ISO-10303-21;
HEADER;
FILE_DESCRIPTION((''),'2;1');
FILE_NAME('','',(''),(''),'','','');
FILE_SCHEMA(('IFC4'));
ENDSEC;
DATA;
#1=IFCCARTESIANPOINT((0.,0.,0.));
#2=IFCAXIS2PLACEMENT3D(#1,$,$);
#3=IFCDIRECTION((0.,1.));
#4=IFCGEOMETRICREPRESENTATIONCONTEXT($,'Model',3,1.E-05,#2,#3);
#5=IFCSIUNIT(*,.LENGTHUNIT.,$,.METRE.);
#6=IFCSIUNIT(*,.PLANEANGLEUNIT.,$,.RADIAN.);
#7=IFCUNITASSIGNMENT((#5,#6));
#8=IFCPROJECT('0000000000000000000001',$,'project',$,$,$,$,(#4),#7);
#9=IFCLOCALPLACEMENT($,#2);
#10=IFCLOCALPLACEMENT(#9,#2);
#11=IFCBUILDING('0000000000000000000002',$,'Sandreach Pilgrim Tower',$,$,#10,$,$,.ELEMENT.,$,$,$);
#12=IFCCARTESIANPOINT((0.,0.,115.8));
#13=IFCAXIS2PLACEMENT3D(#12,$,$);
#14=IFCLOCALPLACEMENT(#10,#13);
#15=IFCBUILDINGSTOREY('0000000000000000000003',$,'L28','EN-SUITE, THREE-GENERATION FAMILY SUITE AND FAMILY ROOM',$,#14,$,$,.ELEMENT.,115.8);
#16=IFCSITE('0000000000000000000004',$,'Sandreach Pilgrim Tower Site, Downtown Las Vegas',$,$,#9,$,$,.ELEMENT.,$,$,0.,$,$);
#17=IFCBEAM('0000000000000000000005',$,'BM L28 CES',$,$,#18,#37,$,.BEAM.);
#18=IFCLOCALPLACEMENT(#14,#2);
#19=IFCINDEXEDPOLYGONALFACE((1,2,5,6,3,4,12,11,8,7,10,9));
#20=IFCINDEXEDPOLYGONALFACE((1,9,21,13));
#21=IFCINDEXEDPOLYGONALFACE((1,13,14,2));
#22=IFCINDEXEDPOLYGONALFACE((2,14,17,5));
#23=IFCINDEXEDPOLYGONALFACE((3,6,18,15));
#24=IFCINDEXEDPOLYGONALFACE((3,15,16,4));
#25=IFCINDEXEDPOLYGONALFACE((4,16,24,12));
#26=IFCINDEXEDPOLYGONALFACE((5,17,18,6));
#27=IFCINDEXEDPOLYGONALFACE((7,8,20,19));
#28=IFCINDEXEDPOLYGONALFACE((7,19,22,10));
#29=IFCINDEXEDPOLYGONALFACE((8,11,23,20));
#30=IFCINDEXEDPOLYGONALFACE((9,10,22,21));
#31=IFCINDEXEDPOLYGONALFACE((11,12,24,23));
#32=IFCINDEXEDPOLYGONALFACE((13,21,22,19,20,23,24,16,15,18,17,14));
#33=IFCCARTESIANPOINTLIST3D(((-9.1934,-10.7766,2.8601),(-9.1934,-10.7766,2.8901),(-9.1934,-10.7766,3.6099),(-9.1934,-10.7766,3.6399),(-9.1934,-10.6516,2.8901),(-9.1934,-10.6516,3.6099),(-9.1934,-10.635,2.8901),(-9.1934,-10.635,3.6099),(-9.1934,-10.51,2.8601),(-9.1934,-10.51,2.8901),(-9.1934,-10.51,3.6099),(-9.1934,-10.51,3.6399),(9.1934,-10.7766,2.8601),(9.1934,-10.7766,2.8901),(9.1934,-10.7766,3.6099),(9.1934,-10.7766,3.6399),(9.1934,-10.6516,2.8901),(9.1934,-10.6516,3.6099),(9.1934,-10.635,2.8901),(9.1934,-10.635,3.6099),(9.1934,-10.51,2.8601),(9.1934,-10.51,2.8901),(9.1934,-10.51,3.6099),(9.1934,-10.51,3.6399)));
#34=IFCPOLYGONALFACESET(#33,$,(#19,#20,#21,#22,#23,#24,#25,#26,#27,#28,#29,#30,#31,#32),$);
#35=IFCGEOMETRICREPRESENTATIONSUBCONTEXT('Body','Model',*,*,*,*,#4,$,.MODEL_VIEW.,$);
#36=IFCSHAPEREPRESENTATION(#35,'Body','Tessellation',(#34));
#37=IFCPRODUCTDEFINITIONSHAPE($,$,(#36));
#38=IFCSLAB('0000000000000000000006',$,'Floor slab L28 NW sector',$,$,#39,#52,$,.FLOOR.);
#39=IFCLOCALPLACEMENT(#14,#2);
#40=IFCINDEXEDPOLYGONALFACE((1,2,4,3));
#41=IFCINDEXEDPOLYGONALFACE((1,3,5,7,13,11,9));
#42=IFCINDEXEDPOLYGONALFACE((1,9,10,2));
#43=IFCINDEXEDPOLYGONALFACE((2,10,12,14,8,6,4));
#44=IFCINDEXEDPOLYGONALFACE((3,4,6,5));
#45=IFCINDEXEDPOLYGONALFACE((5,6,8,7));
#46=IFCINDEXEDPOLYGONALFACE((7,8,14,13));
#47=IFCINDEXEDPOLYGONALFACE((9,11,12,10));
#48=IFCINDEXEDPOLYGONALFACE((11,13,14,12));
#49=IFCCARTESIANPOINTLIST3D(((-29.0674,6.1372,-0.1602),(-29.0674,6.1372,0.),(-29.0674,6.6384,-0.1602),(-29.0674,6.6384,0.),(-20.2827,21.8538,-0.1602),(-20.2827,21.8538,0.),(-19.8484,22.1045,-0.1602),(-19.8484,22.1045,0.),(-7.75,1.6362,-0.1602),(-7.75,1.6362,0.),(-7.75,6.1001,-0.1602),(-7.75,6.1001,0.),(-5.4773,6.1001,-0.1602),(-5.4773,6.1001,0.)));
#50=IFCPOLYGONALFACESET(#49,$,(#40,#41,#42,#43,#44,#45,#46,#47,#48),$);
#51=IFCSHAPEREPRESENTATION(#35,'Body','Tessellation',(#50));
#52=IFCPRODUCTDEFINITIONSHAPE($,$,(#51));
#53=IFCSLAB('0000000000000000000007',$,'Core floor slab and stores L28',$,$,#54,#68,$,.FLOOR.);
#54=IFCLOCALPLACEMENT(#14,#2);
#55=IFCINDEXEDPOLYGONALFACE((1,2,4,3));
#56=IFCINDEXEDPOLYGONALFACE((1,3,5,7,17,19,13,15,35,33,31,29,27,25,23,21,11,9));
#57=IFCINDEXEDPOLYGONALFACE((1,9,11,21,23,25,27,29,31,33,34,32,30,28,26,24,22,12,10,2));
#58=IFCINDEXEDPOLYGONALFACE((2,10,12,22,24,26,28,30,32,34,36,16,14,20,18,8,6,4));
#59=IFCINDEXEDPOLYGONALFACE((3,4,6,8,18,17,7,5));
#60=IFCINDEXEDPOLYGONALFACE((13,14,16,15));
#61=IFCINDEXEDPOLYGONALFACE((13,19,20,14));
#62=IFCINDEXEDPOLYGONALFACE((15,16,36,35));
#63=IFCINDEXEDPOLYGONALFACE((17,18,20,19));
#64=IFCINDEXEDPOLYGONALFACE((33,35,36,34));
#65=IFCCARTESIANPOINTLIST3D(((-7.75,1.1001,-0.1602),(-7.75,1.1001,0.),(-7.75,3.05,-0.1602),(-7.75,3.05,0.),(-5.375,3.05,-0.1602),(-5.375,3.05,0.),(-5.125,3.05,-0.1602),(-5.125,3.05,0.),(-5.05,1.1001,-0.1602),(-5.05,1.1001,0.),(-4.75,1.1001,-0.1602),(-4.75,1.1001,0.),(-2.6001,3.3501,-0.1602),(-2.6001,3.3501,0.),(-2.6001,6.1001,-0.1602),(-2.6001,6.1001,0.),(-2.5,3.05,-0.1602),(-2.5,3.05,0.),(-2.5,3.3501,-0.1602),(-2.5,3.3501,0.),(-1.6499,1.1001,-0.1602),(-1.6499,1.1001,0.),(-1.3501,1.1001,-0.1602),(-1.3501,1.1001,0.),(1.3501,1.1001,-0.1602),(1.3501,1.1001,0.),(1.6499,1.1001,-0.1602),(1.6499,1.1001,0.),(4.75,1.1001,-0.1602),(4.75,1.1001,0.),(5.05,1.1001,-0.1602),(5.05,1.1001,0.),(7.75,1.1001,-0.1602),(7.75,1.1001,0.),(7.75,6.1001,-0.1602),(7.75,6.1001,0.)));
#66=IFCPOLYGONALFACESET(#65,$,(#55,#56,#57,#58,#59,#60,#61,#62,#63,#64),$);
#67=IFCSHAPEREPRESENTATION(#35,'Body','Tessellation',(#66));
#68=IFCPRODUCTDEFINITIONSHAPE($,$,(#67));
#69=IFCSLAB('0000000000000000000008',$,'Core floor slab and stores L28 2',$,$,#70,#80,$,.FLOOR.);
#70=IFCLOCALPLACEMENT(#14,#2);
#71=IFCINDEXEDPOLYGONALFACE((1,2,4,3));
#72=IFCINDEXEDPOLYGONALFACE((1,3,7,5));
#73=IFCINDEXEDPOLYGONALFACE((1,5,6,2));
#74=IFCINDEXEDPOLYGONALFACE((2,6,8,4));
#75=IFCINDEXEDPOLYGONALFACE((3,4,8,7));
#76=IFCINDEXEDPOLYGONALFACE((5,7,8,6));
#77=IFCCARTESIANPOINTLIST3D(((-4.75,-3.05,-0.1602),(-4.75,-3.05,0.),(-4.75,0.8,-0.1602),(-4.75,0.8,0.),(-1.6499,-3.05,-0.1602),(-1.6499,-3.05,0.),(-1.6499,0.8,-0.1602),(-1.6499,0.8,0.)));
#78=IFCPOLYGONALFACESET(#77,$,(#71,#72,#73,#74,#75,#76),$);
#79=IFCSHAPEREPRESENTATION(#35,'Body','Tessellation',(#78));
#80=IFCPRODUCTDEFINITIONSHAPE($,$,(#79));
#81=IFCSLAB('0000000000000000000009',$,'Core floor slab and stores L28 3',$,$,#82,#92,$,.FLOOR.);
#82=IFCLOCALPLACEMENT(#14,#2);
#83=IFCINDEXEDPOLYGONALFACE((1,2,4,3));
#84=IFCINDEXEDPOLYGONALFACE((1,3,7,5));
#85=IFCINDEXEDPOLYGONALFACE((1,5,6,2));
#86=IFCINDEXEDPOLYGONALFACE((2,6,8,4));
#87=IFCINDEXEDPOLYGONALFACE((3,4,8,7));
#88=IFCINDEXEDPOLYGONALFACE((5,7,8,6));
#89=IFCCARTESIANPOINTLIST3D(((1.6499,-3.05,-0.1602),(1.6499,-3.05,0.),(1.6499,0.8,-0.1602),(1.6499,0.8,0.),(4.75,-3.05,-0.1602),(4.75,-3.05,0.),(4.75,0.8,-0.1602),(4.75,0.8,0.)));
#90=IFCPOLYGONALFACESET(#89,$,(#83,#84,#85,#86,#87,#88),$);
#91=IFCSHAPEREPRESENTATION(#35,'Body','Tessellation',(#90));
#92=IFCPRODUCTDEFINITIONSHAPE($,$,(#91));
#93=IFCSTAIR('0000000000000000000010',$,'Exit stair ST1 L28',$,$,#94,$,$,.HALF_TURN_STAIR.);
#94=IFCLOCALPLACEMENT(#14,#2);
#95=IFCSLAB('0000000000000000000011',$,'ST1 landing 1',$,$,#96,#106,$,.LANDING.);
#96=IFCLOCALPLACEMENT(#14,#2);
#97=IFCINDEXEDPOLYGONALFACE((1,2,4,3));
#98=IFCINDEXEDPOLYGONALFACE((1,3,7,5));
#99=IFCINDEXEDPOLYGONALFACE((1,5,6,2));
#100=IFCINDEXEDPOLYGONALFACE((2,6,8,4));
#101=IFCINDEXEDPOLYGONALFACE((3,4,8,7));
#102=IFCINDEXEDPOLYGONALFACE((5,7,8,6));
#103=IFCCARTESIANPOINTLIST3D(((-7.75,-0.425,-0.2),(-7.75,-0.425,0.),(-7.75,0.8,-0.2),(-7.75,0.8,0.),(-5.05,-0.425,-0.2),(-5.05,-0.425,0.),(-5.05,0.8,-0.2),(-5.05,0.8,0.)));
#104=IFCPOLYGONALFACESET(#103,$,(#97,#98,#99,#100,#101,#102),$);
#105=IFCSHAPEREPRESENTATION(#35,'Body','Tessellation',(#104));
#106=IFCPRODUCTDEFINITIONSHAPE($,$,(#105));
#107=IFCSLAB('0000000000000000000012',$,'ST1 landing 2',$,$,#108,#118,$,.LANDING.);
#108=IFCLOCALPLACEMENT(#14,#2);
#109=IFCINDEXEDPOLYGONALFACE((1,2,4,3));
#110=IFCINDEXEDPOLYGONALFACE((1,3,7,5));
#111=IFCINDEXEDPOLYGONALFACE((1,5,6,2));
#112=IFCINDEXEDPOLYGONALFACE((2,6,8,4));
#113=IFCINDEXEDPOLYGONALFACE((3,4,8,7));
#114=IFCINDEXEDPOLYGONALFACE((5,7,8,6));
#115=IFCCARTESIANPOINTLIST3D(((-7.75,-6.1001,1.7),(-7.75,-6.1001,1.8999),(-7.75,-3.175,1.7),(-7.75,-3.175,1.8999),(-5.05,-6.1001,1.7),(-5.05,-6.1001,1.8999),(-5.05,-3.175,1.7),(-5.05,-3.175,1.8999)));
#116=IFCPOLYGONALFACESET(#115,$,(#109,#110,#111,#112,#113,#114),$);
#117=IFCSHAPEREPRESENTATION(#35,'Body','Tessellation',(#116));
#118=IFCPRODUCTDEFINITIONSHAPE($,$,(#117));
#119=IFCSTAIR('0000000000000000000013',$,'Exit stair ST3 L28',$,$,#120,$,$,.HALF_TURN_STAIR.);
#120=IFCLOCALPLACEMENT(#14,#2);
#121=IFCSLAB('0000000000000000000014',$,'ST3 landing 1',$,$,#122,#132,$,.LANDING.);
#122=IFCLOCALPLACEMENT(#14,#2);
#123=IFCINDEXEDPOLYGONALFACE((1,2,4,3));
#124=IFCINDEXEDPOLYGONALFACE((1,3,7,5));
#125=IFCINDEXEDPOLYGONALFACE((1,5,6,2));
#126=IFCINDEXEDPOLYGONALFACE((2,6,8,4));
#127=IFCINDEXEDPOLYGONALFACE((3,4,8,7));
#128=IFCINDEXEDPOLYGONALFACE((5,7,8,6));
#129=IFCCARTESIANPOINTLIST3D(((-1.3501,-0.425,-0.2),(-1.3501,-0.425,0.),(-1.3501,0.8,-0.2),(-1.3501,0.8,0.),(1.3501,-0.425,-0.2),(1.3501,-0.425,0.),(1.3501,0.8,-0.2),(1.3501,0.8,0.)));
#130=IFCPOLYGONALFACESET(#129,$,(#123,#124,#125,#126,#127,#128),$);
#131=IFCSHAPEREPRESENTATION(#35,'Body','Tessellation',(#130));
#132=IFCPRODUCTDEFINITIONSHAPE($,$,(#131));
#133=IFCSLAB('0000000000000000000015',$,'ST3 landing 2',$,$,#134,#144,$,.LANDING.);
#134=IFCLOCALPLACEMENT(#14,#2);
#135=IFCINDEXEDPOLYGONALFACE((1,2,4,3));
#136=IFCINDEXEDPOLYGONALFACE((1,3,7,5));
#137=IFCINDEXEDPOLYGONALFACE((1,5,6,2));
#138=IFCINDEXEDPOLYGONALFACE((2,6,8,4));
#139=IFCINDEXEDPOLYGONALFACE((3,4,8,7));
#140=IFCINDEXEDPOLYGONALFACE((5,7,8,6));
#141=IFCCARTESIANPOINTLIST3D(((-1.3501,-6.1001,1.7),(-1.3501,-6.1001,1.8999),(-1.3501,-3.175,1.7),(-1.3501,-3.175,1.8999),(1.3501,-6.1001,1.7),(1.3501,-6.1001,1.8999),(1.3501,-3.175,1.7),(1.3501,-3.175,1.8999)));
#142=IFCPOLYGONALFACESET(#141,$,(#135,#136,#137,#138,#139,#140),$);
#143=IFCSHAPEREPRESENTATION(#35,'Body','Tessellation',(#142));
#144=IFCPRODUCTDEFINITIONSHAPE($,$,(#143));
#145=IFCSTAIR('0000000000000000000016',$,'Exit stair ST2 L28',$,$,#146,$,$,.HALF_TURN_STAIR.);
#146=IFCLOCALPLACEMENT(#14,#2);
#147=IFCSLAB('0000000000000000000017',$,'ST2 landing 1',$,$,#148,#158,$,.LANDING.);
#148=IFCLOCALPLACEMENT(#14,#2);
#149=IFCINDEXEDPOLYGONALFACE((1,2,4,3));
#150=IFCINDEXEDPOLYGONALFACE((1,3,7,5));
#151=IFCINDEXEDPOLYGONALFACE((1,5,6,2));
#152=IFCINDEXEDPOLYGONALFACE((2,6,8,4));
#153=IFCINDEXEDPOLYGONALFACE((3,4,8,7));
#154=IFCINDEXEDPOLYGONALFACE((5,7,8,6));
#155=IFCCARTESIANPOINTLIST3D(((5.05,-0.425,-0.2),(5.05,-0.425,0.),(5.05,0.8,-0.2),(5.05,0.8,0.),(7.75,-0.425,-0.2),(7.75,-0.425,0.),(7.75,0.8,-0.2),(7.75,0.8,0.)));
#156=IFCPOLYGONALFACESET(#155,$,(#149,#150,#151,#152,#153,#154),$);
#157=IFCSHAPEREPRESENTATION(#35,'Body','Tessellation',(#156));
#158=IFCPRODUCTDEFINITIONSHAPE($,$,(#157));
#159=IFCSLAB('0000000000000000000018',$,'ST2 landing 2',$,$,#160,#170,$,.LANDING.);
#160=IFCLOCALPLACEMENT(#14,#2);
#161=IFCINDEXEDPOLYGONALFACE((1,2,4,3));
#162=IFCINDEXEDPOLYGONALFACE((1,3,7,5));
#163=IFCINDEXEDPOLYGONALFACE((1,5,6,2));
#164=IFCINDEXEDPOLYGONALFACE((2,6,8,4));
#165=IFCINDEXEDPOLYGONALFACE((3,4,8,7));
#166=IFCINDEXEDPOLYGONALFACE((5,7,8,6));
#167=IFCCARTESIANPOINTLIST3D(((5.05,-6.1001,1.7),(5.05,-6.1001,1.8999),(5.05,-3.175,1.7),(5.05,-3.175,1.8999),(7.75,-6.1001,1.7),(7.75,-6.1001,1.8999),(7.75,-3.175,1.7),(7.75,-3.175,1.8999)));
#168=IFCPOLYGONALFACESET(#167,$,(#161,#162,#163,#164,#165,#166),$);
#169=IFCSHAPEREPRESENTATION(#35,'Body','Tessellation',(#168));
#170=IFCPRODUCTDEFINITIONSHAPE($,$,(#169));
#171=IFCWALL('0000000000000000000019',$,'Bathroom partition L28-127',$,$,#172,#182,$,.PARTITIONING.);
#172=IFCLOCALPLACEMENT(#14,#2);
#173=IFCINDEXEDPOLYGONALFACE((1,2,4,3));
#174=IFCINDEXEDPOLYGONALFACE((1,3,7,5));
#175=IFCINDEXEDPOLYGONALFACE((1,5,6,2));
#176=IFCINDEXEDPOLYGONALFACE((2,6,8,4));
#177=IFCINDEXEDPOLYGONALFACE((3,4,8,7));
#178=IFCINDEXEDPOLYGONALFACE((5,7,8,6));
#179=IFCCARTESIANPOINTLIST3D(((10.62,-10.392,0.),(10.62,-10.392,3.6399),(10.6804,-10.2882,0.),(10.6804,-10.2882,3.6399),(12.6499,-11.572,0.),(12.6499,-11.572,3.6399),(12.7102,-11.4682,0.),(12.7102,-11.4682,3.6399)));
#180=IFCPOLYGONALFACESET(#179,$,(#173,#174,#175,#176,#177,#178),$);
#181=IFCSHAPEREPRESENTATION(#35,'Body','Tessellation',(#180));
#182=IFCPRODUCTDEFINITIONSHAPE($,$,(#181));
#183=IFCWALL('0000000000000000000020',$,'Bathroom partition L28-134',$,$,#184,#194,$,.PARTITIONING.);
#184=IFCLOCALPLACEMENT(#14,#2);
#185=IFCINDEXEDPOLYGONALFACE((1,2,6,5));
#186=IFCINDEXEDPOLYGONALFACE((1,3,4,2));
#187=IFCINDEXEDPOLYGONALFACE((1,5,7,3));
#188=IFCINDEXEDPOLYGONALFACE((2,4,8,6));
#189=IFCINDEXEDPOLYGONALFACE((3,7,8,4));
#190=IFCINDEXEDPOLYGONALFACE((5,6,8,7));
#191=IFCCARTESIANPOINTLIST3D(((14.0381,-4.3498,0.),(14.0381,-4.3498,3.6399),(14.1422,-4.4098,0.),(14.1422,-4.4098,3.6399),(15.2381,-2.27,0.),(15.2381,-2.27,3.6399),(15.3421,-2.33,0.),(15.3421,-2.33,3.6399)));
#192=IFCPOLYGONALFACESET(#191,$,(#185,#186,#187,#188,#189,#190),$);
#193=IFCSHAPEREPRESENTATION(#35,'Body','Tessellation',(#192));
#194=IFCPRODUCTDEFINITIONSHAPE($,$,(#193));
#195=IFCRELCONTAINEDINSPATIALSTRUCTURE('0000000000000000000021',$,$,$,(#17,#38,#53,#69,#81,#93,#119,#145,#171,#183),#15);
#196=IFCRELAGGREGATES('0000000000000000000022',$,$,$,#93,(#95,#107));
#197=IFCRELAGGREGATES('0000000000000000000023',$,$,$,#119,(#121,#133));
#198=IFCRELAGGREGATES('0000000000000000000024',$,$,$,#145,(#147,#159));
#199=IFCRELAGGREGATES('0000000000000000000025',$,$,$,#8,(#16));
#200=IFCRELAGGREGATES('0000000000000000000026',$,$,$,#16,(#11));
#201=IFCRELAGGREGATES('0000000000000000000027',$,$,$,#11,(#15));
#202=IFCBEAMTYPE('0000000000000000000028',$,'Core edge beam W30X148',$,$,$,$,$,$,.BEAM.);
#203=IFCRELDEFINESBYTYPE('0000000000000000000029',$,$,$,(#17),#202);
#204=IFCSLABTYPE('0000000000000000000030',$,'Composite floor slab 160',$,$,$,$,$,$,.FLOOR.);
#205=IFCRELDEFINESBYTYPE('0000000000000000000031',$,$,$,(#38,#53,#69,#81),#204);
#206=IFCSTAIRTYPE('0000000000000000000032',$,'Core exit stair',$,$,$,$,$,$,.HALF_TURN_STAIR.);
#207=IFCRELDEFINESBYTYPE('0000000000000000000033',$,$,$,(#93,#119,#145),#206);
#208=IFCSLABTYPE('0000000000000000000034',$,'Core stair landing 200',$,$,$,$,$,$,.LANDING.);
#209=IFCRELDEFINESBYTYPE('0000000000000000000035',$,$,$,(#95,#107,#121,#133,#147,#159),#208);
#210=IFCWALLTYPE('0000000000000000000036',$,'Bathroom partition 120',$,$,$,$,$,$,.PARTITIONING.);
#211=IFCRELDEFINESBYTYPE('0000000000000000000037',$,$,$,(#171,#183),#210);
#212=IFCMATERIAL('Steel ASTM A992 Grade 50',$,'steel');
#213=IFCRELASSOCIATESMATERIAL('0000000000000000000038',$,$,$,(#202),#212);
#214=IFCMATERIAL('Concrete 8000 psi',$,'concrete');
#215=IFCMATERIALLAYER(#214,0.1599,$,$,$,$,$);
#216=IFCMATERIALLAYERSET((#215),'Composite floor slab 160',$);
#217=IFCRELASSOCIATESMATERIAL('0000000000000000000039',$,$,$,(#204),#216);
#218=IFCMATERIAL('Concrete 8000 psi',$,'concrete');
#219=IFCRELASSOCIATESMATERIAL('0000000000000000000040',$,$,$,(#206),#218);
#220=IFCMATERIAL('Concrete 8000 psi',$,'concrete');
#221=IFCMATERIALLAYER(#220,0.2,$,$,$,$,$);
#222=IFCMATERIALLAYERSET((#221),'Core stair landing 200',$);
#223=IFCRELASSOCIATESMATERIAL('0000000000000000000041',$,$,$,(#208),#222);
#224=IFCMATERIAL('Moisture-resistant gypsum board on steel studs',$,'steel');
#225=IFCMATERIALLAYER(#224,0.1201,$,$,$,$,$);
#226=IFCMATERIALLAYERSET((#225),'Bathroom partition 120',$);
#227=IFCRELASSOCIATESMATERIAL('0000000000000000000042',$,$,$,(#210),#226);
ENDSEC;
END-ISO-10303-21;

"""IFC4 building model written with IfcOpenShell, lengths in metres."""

from ifc_helpers import new_model, si_unit, direction, frame, frame_2d, origin, origin_2d, place, context, subcontext, project, spatial, polyline, rectangle, i_section, outline, extrude, material, layer, layer_set, material_profile, profile_set, type_object, element, aggregate, save


model = new_model("IFC4")

# Units and contexts
model_context = context("Model", 3, precision=1e-05, world=origin(), true_north=direction((0.0, 1.0)))
body_context = subcontext(model_context, "Body", "Model", "MODEL_VIEW")
ifc_project = project(units=[si_unit("LENGTHUNIT", "METRE"), si_unit("PLANEANGLEUNIT", "RADIAN")], contexts=[model_context])

# Site, building, storey
site_placement = place(None, origin())
site = spatial("IfcSite", under=ifc_project, at=site_placement, Name="Sandreach Pilgrim Tower Site, Downtown Las Vegas", CompositionType="ELEMENT", RefElevation=0.0)
building_placement = place(site_placement, origin())
building = spatial("IfcBuilding", under=site, at=building_placement, Name="Sandreach Pilgrim Tower", CompositionType="ELEMENT")
storey_placement = place(building_placement, frame((0.0, 0.0, 115.8)))
storey = spatial("IfcBuildingStorey", under=building, at=storey_placement, Name="L28", Description="EN-SUITE, THREE-GENERATION FAMILY SUITE AND FAMILY ROOM", CompositionType="ELEMENT", Elevation=115.8)

# Beam
ifc_material_1 = material(Name="Steel ASTM A992 Grade 50", Category="steel")
ifc_material_profile = material_profile(ifc_material_1, i_section(OverallWidth=0.2666, OverallDepth=0.7798, WebThickness=0.0166, FlangeThickness=0.03, at=origin_2d()), Name="W30X148")
ifc_profile_set = profile_set([ifc_material_profile], Name="Steel ASTM A992 Grade 50")
beam_type = type_object("IfcBeamType", Name="Core edge beam W30X148", PredefinedType="BEAM", material=ifc_profile_set)
beam_placement = place(storey_placement, frame((9.1934, -10.6433, 3.25), z_axis=(-1.0, 0.0, 0.0), x_axis=(0.0, -1.0, 0.0)))
element("IfcBeam", 1, at=beam_placement, inside=storey, type_object=beam_type, Name="BM L28 CES", PredefinedType="BEAM", context=body_context, shape_type="SweptSolid", body=[
    extrude(i_section(OverallWidth=0.2666, OverallDepth=0.7798, WebThickness=0.0166, FlangeThickness=0.03, at=origin_2d()), origin(), (0.0, 0.0, 1.0), 18.3867),
])

# Slabs
ifc_material_2 = material(Name="Concrete 8000 psi", Category="concrete")
ifc_layer_1 = layer(ifc_material_2, 0.1599)
ifc_layer_set_1 = layer_set([ifc_layer_1], Name="Composite floor slab 160")
slab_type_1 = type_object("IfcSlabType", Name="Composite floor slab 160", PredefinedType="FLOOR", material=ifc_layer_set_1)
slab_1_placement = place(storey_placement, frame((0.0, 0.0, -0.1602)))
element("IfcSlab", 2, at=slab_1_placement, inside=storey, type_object=slab_type_1, Name="Floor slab L28 NW sector", PredefinedType="FLOOR", context=body_context, shape_type="SweptSolid", body=[
    extrude(outline(polyline([(-29.0674, 6.6384), (-20.2827, 21.8538), (-19.8484, 22.1045), (-5.4773, 6.1001), (-7.75, 6.1001), (-7.75, 1.6362), (-29.0674, 6.1372), (-29.0674, 6.6384)])), origin(), (0.0, 0.0, 1.0), 0.1602),
])
slab_2_placement = place(storey_placement, frame((0.0, 0.0, -0.1602)))
element("IfcSlab", 3, at=slab_2_placement, inside=storey, type_object=slab_type_1, Name="Core floor slab and stores L28", PredefinedType="FLOOR", context=body_context, shape_type="SweptSolid", body=[
    extrude(outline(polyline([(-7.75, 3.05), (-5.375, 3.05), (-5.125, 3.05), (-2.5, 3.05), (-2.5, 3.3501), (-2.6001, 3.3501), (-2.6001, 6.1001), (7.75, 6.1001), (7.75, 1.1001), (5.05, 1.1001), (4.75, 1.1001), (1.6499, 1.1001), (1.3501, 1.1001), (-1.3501, 1.1001), (-1.6499, 1.1001), (-4.75, 1.1001), (-5.05, 1.1001), (-7.75, 1.1001), (-7.75, 3.05)])), origin(), (0.0, 0.0, 1.0), 0.1602),
])
slab_3_placement = place(storey_placement, frame((0.0, 0.0, -0.1602)))
element("IfcSlab", 4, at=slab_3_placement, inside=storey, type_object=slab_type_1, Name="Core floor slab and stores L28 2", PredefinedType="FLOOR", context=body_context, shape_type="SweptSolid", body=[
    extrude(outline(polyline([(-1.6499, -3.05), (-4.75, -3.05), (-4.75, 0.8), (-1.6499, 0.8), (-1.6499, -3.05)])), origin(), (0.0, 0.0, 1.0), 0.1602),
])
slab_4_placement = place(storey_placement, frame((0.0, 0.0, -0.1602)))
element("IfcSlab", 5, at=slab_4_placement, inside=storey, type_object=slab_type_1, Name="Core floor slab and stores L28 3", PredefinedType="FLOOR", context=body_context, shape_type="SweptSolid", body=[
    extrude(outline(polyline([(4.75, -3.05), (1.6499, -3.05), (1.6499, 0.8), (4.75, 0.8), (4.75, -3.05)])), origin(), (0.0, 0.0, 1.0), 0.1602),
])

# Stairs, slabs
ifc_material_3 = material(Name="Concrete 8000 psi", Category="concrete")
stair_type = type_object("IfcStairType", Name="Core exit stair", PredefinedType="HALF_TURN_STAIR", material=ifc_material_3)
stair_1_placement = place(storey_placement, origin())
stair_1 = element("IfcStair", 6, at=stair_1_placement, inside=storey, type_object=stair_type, Name="Exit stair ST1 L28", PredefinedType="HALF_TURN_STAIR")
ifc_material_4 = material(Name="Concrete 8000 psi", Category="concrete")
ifc_layer_2 = layer(ifc_material_4, 0.2)
ifc_layer_set_2 = layer_set([ifc_layer_2], Name="Core stair landing 200")
slab_type_2 = type_object("IfcSlabType", Name="Core stair landing 200", PredefinedType="LANDING", material=ifc_layer_set_2)
slab_5_placement = place(storey_placement, frame((0.0, 0.0, -0.2)))
slab_5 = element("IfcSlab", 7, at=slab_5_placement, type_object=slab_type_2, Name="ST1 landing 1", PredefinedType="LANDING", context=body_context, shape_type="SweptSolid", body=[
    extrude(outline(polyline([(-7.75, -0.425), (-5.05, -0.425), (-5.05, 0.8), (-7.75, 0.8), (-7.75, -0.425)])), origin(), (0.0, 0.0, 1.0), 0.2),
])
slab_6_placement = place(storey_placement, frame((0.0, 0.0, 1.7)))
slab_6 = element("IfcSlab", 8, at=slab_6_placement, type_object=slab_type_2, Name="ST1 landing 2", PredefinedType="LANDING", context=body_context, shape_type="SweptSolid", body=[
    extrude(outline(polyline([(-7.75, -6.1001), (-5.05, -6.1001), (-5.05, -3.175), (-7.75, -3.175), (-7.75, -6.1001)])), origin(), (0.0, 0.0, 1.0), 0.2),
])
aggregate(stair_1, [slab_5, slab_6])
stair_2_placement = place(storey_placement, origin())
stair_2 = element("IfcStair", 9, at=stair_2_placement, inside=storey, type_object=stair_type, Name="Exit stair ST3 L28", PredefinedType="HALF_TURN_STAIR")
slab_7_placement = place(storey_placement, frame((0.0, 0.0, -0.2)))
slab_7 = element("IfcSlab", 10, at=slab_7_placement, type_object=slab_type_2, Name="ST3 landing 1", PredefinedType="LANDING", context=body_context, shape_type="SweptSolid", body=[
    extrude(outline(polyline([(-1.3501, -0.425), (1.3501, -0.425), (1.3501, 0.8), (-1.3501, 0.8), (-1.3501, -0.425)])), origin(), (0.0, 0.0, 1.0), 0.2),
])
slab_8_placement = place(storey_placement, frame((0.0, 0.0, 1.7)))
slab_8 = element("IfcSlab", 11, at=slab_8_placement, type_object=slab_type_2, Name="ST3 landing 2", PredefinedType="LANDING", context=body_context, shape_type="SweptSolid", body=[
    extrude(outline(polyline([(-1.3501, -6.1001), (1.3501, -6.1001), (1.3501, -3.175), (-1.3501, -3.175), (-1.3501, -6.1001)])), origin(), (0.0, 0.0, 1.0), 0.2),
])
stair_3_placement = place(storey_placement, origin())
stair_3 = element("IfcStair", 12, at=stair_3_placement, inside=storey, type_object=stair_type, Name="Exit stair ST2 L28", PredefinedType="HALF_TURN_STAIR")
slab_9_placement = place(storey_placement, frame((0.0, 0.0, -0.2)))
slab_9 = element("IfcSlab", 13, at=slab_9_placement, type_object=slab_type_2, Name="ST2 landing 1", PredefinedType="LANDING", context=body_context, shape_type="SweptSolid", body=[
    extrude(outline(polyline([(5.05, -0.425), (7.75, -0.425), (7.75, 0.8), (5.05, 0.8), (5.05, -0.425)])), origin(), (0.0, 0.0, 1.0), 0.2),
])
slab_10_placement = place(storey_placement, frame((0.0, 0.0, 1.7)))
slab_10 = element("IfcSlab", 14, at=slab_10_placement, type_object=slab_type_2, Name="ST2 landing 2", PredefinedType="LANDING", context=body_context, shape_type="SweptSolid", body=[
    extrude(outline(polyline([(5.05, -6.1001), (7.75, -6.1001), (7.75, -3.175), (5.05, -3.175), (5.05, -6.1001)])), origin(), (0.0, 0.0, 1.0), 0.2),
])

# Walls
ifc_material_5 = material(Name="Moisture-resistant gypsum board on steel studs", Category="steel")
ifc_layer_3 = layer(ifc_material_5, 0.1201)
ifc_layer_set_3 = layer_set([ifc_layer_3], Name="Bathroom partition 120")
wall_type_1 = type_object("IfcWallType", Name="Bathroom partition 120", PredefinedType="PARTITIONING", material=ifc_layer_set_3)
wall_1_placement = place(storey_placement, frame((12.6799, -11.52, 0.0), z_axis=(0.0, 0.0, 1.0), x_axis=(-0.86454, 0.502564, 0.0)))
element("IfcWall", 15, at=wall_1_placement, inside=storey, type_object=wall_type_1, Name="Bathroom partition L28-127", PredefinedType="PARTITIONING", context=body_context, shape_type="SweptSolid", body=[
    extrude(rectangle(XDim=2.3479, YDim=0.1201, at=frame_2d((1.1738, 0.0))), origin(), (0.0, 0.0, 1.0), 3.6399),
])
wall_2_placement = place(storey_placement, frame((14.0901, -4.3799, 0.0), z_axis=(0.0, 0.0, 1.0), x_axis=(0.499737, 0.866177, 0.0)))
element("IfcWall", 16, at=wall_2_placement, inside=storey, type_object=wall_type_1, Name="Bathroom partition L28-134", PredefinedType="PARTITIONING", context=body_context, shape_type="SweptSolid", body=[
    extrude(rectangle(XDim=2.4011, YDim=0.1201, at=frame_2d((1.2007, 0.0))), origin(), (0.0, 0.0, 1.0), 3.6399),
])

aggregate(stair_2, [slab_7, slab_8])
aggregate(stair_3, [slab_9, slab_10])

save(model, "model.ifc")
